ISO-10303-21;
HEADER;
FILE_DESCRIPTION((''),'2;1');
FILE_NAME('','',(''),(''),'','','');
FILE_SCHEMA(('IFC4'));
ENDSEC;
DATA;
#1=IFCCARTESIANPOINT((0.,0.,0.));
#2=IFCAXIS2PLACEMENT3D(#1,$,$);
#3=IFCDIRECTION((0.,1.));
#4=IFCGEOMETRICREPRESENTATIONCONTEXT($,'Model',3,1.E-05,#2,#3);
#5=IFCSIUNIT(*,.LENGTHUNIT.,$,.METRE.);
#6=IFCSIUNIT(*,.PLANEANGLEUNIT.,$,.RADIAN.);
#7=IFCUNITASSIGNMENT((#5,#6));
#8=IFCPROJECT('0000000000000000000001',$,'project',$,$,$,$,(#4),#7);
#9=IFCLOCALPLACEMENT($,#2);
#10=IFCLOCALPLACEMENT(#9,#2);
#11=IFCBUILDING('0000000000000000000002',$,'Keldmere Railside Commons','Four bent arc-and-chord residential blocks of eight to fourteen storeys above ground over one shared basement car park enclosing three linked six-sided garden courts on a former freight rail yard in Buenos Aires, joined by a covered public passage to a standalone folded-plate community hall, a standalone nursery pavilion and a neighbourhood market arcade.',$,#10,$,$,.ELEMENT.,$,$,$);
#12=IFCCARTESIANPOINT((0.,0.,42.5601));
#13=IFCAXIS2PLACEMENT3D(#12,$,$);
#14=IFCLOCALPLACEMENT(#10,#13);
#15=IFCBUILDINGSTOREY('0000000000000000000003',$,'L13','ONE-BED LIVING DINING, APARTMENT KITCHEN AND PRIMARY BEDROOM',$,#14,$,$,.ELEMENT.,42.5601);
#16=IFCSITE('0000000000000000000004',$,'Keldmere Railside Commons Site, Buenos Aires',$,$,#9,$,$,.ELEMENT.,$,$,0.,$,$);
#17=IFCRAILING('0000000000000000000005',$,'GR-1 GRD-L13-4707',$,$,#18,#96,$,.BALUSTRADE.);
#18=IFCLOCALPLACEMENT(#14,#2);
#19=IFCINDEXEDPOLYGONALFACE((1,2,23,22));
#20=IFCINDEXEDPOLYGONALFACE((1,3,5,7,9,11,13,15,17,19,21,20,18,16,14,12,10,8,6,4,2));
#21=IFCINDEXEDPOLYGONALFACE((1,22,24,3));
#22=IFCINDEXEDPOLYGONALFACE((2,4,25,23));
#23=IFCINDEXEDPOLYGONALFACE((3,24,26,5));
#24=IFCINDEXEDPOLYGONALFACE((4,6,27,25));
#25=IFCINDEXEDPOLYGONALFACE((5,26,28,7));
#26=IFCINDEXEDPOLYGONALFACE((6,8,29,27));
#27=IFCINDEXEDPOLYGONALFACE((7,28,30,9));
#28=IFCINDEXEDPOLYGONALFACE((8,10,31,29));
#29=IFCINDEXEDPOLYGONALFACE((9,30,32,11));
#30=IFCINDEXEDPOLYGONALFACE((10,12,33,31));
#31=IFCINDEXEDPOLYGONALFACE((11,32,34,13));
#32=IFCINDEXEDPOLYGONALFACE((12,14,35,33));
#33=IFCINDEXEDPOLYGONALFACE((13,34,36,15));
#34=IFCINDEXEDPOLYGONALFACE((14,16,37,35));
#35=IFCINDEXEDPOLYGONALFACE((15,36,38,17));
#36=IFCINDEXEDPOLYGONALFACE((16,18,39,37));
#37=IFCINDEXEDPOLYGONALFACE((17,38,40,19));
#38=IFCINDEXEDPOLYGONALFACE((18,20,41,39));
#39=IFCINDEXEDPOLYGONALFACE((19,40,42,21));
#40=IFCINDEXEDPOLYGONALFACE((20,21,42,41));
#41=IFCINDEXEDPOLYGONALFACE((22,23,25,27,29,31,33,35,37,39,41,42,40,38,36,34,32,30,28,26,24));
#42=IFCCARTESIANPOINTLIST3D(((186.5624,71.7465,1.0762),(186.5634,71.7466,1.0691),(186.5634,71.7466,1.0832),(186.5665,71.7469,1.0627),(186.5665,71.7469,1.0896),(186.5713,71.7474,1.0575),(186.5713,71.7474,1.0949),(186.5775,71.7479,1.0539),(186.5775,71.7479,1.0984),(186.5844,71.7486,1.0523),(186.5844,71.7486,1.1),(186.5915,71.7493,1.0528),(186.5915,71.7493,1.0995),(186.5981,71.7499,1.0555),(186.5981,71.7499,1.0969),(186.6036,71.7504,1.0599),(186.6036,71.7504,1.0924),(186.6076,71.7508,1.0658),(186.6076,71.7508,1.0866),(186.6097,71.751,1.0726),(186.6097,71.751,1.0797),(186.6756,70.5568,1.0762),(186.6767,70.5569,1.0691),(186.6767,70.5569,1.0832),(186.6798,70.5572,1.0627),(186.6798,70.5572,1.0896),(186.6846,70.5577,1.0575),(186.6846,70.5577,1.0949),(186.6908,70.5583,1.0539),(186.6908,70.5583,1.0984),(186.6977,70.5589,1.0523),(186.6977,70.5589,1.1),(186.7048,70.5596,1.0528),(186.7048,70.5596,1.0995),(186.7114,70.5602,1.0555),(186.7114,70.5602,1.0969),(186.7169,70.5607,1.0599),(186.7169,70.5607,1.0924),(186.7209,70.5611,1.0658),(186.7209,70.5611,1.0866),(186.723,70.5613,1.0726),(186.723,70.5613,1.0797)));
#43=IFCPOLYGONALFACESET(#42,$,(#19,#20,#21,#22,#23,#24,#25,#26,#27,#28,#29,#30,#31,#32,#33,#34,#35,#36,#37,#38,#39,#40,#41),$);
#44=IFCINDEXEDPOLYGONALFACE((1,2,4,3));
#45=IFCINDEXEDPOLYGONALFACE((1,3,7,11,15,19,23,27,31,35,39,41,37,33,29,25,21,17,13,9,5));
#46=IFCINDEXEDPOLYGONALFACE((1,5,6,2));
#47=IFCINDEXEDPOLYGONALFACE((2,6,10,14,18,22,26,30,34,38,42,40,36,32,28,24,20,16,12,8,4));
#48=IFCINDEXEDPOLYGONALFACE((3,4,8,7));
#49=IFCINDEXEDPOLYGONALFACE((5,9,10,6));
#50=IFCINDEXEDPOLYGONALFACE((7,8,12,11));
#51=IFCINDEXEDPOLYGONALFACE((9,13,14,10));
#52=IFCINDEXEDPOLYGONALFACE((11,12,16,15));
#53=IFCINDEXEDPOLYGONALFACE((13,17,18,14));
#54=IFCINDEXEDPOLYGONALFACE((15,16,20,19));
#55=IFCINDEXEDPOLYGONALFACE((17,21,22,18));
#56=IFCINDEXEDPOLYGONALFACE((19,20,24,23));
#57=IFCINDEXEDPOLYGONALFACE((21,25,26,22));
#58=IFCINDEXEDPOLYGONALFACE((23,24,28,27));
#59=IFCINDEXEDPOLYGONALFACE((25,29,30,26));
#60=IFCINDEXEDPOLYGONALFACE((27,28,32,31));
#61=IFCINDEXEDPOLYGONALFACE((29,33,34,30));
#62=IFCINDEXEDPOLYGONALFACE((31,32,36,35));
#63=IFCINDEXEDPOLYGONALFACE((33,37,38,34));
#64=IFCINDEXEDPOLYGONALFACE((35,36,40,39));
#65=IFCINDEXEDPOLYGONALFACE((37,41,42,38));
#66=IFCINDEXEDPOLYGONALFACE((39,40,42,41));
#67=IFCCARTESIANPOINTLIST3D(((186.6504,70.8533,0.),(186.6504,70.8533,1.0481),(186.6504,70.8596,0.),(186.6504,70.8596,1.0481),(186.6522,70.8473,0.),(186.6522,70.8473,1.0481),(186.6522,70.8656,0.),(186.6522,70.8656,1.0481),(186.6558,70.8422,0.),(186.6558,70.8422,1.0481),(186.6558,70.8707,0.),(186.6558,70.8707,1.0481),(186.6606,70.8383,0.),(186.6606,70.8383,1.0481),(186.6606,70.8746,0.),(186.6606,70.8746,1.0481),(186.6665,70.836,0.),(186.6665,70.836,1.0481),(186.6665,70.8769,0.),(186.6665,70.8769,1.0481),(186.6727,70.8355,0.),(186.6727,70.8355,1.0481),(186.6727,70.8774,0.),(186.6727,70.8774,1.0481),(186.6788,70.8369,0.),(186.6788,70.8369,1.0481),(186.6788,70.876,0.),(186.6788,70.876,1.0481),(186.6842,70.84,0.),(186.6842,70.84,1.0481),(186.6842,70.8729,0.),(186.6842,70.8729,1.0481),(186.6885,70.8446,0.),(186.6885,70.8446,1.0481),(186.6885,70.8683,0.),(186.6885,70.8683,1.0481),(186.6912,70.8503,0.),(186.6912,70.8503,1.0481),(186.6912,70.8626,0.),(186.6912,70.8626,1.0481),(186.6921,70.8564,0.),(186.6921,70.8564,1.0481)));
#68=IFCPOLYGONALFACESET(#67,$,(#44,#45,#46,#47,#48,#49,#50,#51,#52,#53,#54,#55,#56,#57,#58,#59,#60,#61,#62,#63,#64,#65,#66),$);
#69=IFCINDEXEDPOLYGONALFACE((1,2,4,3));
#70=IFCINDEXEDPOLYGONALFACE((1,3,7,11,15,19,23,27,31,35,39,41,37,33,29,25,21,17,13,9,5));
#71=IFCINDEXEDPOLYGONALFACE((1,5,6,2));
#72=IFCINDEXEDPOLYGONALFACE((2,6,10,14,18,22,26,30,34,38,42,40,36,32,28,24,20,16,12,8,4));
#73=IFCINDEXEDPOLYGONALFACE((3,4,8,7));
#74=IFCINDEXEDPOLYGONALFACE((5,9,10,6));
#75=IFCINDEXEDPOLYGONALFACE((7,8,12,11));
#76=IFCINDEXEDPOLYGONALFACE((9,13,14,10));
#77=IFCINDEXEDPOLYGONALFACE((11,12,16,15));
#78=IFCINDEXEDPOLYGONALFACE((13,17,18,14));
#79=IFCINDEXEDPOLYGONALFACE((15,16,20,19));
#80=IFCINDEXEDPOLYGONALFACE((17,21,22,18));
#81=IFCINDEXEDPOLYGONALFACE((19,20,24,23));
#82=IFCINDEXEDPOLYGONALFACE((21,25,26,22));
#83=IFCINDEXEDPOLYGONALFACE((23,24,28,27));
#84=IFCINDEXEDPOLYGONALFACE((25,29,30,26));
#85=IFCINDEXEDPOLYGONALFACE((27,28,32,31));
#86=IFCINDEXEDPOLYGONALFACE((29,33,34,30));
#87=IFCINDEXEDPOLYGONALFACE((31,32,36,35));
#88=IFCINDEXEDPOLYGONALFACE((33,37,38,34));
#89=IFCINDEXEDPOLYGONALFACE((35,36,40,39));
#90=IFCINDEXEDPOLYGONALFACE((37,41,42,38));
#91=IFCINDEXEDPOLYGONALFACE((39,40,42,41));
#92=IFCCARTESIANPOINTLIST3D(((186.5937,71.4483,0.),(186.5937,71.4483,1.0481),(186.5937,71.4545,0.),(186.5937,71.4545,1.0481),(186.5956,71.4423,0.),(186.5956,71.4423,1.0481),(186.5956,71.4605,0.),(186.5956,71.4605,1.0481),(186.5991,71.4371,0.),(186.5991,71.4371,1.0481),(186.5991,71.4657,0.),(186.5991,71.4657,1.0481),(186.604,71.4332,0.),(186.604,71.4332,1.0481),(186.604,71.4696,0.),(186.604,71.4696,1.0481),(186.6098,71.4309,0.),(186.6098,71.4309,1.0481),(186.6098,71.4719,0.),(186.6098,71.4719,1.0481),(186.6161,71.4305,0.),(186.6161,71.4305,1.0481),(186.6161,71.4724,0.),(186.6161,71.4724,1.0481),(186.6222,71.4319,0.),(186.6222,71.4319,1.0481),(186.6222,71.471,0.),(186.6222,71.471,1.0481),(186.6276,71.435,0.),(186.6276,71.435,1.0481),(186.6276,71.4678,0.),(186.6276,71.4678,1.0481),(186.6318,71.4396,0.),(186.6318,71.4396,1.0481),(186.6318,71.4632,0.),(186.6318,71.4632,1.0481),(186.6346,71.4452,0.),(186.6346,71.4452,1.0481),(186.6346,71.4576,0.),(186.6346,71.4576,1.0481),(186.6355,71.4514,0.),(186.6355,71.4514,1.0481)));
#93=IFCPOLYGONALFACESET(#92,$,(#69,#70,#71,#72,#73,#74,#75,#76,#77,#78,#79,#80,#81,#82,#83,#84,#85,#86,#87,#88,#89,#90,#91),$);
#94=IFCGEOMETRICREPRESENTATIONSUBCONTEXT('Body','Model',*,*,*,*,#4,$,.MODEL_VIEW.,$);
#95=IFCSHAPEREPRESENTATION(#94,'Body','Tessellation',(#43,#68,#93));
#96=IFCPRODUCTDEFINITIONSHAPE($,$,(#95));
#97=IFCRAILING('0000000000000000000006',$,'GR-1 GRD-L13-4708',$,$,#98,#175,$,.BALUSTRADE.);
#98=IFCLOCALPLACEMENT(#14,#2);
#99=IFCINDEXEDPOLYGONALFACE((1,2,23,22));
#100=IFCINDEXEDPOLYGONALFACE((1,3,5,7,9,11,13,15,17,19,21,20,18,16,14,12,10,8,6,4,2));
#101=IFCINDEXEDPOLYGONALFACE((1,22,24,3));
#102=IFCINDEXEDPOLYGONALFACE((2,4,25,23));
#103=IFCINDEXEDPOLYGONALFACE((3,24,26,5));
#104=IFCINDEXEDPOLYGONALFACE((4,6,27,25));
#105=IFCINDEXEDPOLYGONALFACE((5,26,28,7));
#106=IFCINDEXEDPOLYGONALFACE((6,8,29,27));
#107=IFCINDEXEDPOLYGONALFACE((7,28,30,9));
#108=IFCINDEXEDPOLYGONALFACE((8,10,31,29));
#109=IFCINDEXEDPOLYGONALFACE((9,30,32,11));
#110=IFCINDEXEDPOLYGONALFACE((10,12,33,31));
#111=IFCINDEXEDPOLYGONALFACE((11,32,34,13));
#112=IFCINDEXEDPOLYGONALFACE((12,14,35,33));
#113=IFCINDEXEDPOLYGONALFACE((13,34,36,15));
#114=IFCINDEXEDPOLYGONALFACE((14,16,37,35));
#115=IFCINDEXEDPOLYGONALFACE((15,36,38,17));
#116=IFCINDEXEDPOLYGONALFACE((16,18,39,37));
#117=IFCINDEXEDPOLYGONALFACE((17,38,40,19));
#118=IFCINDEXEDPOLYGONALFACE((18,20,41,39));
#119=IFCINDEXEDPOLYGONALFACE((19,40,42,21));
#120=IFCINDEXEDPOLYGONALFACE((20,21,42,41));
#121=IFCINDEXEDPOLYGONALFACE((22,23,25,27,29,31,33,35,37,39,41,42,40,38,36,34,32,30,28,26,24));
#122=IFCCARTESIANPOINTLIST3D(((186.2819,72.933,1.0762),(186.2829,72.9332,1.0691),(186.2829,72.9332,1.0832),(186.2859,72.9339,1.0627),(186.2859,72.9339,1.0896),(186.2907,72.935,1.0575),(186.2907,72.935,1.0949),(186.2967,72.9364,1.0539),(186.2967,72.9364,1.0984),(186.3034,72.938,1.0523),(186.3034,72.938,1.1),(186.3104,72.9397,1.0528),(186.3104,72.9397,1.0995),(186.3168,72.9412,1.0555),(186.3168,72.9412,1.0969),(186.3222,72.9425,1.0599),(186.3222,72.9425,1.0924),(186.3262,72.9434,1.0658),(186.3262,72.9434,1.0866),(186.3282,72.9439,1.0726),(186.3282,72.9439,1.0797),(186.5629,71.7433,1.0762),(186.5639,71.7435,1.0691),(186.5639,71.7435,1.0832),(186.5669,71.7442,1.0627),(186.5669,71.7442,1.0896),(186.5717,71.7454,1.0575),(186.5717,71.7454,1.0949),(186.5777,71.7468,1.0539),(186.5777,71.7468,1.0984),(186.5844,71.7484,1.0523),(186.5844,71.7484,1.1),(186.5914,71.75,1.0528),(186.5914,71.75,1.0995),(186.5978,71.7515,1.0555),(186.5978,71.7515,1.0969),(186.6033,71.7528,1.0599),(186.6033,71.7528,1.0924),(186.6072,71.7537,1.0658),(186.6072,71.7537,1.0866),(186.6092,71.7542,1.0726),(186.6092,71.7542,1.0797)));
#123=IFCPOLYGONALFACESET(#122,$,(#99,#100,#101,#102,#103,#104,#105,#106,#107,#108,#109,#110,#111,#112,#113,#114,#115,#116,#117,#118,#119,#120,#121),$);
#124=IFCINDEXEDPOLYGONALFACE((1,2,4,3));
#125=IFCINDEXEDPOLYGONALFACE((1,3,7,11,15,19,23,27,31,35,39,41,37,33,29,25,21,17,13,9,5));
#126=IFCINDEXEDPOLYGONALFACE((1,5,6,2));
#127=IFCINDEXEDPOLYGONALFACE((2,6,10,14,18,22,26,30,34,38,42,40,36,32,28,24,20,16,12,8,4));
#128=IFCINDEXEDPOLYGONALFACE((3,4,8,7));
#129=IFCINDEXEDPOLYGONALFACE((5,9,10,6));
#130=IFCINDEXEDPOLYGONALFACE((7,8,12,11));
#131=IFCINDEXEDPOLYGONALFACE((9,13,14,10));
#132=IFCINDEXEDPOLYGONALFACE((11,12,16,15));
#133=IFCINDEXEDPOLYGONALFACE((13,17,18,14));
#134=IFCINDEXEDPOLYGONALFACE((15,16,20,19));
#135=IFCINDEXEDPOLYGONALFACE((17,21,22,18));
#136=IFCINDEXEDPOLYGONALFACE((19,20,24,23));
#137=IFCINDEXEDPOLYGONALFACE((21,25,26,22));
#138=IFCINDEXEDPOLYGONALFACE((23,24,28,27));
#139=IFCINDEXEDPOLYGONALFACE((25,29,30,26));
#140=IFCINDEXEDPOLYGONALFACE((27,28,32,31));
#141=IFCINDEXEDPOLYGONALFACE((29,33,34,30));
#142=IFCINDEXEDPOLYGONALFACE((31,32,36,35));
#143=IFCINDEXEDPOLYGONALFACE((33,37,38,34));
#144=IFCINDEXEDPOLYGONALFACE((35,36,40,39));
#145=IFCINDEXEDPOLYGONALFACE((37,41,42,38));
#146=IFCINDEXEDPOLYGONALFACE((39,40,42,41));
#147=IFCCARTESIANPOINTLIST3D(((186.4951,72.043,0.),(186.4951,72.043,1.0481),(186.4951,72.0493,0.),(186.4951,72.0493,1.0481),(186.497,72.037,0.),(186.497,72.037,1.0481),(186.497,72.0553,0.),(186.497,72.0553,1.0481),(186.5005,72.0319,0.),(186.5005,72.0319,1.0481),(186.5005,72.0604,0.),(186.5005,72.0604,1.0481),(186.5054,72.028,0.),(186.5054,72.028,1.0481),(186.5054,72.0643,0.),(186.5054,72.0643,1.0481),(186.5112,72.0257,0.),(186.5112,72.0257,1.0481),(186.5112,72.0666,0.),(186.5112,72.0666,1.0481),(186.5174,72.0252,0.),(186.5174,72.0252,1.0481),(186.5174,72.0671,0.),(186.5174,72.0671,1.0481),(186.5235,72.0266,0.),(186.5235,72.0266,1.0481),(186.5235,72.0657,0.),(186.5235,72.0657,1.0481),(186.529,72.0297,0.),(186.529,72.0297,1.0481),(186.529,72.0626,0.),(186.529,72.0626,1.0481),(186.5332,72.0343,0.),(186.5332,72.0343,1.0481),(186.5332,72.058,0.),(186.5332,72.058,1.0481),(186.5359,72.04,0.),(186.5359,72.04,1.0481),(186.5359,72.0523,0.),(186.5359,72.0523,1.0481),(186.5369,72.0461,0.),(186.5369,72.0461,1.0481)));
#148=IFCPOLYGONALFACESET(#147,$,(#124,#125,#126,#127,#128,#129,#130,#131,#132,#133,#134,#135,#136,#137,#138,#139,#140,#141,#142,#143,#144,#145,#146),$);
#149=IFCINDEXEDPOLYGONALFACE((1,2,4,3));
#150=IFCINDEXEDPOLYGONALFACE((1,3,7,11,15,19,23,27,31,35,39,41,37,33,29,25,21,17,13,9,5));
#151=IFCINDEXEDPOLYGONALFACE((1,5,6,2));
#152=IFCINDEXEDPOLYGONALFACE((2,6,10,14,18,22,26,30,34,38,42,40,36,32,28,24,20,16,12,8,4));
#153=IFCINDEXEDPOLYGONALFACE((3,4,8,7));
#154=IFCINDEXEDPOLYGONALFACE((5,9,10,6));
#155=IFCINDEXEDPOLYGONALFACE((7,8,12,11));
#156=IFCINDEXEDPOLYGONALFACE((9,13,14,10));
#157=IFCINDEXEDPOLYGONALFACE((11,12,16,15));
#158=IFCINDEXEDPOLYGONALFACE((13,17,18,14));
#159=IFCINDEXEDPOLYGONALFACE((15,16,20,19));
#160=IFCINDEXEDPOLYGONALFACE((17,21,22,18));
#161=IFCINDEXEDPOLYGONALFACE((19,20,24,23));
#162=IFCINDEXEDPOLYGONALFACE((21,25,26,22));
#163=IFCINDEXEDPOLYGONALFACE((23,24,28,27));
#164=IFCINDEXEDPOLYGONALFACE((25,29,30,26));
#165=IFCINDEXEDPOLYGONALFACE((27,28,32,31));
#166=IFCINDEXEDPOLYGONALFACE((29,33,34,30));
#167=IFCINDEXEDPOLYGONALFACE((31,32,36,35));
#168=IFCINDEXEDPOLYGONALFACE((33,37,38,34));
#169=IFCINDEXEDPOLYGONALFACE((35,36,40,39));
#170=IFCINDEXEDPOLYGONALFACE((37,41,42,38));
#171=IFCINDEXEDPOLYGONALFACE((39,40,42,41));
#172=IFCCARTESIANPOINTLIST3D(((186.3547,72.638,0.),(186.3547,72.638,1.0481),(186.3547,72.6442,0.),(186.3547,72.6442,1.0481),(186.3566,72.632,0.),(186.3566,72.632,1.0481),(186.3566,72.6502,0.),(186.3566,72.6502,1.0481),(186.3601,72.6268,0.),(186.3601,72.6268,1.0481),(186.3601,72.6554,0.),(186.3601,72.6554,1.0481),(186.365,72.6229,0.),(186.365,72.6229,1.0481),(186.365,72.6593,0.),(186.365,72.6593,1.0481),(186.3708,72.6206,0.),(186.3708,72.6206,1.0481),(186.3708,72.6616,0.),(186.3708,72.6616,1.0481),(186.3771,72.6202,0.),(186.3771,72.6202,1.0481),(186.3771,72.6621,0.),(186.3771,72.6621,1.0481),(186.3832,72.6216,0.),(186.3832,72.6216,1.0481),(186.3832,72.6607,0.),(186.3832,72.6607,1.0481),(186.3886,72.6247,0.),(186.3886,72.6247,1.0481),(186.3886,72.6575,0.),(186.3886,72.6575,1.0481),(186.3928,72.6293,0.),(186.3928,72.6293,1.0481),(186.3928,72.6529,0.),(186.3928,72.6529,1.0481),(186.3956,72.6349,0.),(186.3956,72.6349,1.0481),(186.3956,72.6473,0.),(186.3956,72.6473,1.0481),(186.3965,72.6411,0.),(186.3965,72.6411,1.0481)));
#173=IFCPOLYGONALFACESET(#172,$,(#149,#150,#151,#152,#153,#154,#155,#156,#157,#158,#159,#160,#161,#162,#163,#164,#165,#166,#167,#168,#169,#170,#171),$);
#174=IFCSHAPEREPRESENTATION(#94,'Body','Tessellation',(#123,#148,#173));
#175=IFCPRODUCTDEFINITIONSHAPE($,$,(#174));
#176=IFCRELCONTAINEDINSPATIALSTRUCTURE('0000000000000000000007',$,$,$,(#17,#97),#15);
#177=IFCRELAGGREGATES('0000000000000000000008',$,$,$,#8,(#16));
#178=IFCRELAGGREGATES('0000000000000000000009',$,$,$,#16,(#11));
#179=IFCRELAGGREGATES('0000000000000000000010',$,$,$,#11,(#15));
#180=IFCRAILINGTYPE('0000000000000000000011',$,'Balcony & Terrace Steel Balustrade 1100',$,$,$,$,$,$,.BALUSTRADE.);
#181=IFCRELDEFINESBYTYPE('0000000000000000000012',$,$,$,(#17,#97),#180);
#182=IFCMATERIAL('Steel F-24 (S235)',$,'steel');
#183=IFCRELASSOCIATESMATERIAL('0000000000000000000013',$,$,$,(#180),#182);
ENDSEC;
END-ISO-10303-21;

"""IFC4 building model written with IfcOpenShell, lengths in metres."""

from ifc_helpers import new_model, si_unit, direction, frame, origin, origin_2d, place, context, subcontext, project, spatial, circle, extrude, material, type_object, element, save


model = new_model("IFC4")

# Units and contexts
model_context = context("Model", 3, precision=1e-05, world=origin(), true_north=direction((0.0, 1.0)))
body_context = subcontext(model_context, "Body", "Model", "MODEL_VIEW")
ifc_project = project(units=[si_unit("LENGTHUNIT", "METRE"), si_unit("PLANEANGLEUNIT", "RADIAN")], contexts=[model_context])

# Site, building, storey
site_placement = place(None, origin())
site = spatial("IfcSite", under=ifc_project, at=site_placement, Name="Keldmere Railside Commons Site, Buenos Aires", CompositionType="ELEMENT", RefElevation=0.0)
building_placement = place(site_placement, origin())
building = spatial("IfcBuilding", under=site, at=building_placement, Name="Keldmere Railside Commons", Description="Four bent arc-and-chord residential blocks of eight to fourteen storeys above ground over one shared basement car park enclosing three linked six-sided garden courts on a former freight rail yard in Buenos Aires, joined by a covered public passage to a standalone folded-plate community hall, a standalone nursery pavilion and a neighbourhood market arcade.", CompositionType="ELEMENT")
storey_placement = place(building_placement, frame((0.0, 0.0, 42.5601)))
storey = spatial("IfcBuildingStorey", under=building, at=storey_placement, Name="L13", Description="ONE-BED LIVING DINING, APARTMENT KITCHEN AND PRIMARY BEDROOM", CompositionType="ELEMENT", Elevation=42.5601)

# Shared definitions
ifc_material_1 = material(Name="Steel F-24 (S235)", Category="steel")

# Railings
railing_type_1 = type_object("IfcRailingType", Name="Balcony & Terrace Steel Balustrade 1100", PredefinedType="BALUSTRADE", material=ifc_material_1)
railing_1_placement = place(storey_placement, frame((186.6995, 70.5591, 0.0)))
element("IfcRailing", 1, at=railing_1_placement, inside=storey, type_object=railing_type_1, Name="GR-1 GRD-L13-4707", PredefinedType="BALUSTRADE", context=body_context, shape_type="SweptSolid", body=[
    extrude(circle(Radius=0.0239, at=origin_2d()), frame((0.0, 0.0, 1.0762), z_axis=(-0.09479, 0.995497, 0.0), x_axis=(-0.995497, -0.09479, 0.0)), (0.0, 0.0, 1.0), 1.1951),
    extrude(circle(Radius=0.021, at=origin_2d()), frame((-0.0283, 0.2974, 0.0)), (0.0, 0.0, 1.0), 1.0481),
    extrude(circle(Radius=0.021, at=origin_2d()), frame((-0.085, 0.8923, 0.0)), (0.0, 0.0, 1.0), 1.0481),
])
railing_2_placement = place(storey_placement, frame((186.5862, 71.7488, 0.0)))
element("IfcRailing", 2, at=railing_2_placement, inside=storey, type_object=railing_type_1, Name="GR-1 GRD-L13-4708", PredefinedType="BALUSTRADE", context=body_context, shape_type="SweptSolid", body=[
    extrude(circle(Radius=0.0239, at=origin_2d()), frame((0.0, 0.0, 1.0762), z_axis=(-0.229874, 0.97322, 0.0), x_axis=(-0.97322, -0.229874, 0.0)), (0.0, 0.0, 1.0), 1.2224),
    extrude(circle(Radius=0.021, at=origin_2d()), frame((-0.0703, 0.2974, 0.0)), (0.0, 0.0, 1.0), 1.0481),
    extrude(circle(Radius=0.021, at=origin_2d()), frame((-0.2107, 0.8923, 0.0)), (0.0, 0.0, 1.0), 1.0481),
])

save(model, "model.ifc")
